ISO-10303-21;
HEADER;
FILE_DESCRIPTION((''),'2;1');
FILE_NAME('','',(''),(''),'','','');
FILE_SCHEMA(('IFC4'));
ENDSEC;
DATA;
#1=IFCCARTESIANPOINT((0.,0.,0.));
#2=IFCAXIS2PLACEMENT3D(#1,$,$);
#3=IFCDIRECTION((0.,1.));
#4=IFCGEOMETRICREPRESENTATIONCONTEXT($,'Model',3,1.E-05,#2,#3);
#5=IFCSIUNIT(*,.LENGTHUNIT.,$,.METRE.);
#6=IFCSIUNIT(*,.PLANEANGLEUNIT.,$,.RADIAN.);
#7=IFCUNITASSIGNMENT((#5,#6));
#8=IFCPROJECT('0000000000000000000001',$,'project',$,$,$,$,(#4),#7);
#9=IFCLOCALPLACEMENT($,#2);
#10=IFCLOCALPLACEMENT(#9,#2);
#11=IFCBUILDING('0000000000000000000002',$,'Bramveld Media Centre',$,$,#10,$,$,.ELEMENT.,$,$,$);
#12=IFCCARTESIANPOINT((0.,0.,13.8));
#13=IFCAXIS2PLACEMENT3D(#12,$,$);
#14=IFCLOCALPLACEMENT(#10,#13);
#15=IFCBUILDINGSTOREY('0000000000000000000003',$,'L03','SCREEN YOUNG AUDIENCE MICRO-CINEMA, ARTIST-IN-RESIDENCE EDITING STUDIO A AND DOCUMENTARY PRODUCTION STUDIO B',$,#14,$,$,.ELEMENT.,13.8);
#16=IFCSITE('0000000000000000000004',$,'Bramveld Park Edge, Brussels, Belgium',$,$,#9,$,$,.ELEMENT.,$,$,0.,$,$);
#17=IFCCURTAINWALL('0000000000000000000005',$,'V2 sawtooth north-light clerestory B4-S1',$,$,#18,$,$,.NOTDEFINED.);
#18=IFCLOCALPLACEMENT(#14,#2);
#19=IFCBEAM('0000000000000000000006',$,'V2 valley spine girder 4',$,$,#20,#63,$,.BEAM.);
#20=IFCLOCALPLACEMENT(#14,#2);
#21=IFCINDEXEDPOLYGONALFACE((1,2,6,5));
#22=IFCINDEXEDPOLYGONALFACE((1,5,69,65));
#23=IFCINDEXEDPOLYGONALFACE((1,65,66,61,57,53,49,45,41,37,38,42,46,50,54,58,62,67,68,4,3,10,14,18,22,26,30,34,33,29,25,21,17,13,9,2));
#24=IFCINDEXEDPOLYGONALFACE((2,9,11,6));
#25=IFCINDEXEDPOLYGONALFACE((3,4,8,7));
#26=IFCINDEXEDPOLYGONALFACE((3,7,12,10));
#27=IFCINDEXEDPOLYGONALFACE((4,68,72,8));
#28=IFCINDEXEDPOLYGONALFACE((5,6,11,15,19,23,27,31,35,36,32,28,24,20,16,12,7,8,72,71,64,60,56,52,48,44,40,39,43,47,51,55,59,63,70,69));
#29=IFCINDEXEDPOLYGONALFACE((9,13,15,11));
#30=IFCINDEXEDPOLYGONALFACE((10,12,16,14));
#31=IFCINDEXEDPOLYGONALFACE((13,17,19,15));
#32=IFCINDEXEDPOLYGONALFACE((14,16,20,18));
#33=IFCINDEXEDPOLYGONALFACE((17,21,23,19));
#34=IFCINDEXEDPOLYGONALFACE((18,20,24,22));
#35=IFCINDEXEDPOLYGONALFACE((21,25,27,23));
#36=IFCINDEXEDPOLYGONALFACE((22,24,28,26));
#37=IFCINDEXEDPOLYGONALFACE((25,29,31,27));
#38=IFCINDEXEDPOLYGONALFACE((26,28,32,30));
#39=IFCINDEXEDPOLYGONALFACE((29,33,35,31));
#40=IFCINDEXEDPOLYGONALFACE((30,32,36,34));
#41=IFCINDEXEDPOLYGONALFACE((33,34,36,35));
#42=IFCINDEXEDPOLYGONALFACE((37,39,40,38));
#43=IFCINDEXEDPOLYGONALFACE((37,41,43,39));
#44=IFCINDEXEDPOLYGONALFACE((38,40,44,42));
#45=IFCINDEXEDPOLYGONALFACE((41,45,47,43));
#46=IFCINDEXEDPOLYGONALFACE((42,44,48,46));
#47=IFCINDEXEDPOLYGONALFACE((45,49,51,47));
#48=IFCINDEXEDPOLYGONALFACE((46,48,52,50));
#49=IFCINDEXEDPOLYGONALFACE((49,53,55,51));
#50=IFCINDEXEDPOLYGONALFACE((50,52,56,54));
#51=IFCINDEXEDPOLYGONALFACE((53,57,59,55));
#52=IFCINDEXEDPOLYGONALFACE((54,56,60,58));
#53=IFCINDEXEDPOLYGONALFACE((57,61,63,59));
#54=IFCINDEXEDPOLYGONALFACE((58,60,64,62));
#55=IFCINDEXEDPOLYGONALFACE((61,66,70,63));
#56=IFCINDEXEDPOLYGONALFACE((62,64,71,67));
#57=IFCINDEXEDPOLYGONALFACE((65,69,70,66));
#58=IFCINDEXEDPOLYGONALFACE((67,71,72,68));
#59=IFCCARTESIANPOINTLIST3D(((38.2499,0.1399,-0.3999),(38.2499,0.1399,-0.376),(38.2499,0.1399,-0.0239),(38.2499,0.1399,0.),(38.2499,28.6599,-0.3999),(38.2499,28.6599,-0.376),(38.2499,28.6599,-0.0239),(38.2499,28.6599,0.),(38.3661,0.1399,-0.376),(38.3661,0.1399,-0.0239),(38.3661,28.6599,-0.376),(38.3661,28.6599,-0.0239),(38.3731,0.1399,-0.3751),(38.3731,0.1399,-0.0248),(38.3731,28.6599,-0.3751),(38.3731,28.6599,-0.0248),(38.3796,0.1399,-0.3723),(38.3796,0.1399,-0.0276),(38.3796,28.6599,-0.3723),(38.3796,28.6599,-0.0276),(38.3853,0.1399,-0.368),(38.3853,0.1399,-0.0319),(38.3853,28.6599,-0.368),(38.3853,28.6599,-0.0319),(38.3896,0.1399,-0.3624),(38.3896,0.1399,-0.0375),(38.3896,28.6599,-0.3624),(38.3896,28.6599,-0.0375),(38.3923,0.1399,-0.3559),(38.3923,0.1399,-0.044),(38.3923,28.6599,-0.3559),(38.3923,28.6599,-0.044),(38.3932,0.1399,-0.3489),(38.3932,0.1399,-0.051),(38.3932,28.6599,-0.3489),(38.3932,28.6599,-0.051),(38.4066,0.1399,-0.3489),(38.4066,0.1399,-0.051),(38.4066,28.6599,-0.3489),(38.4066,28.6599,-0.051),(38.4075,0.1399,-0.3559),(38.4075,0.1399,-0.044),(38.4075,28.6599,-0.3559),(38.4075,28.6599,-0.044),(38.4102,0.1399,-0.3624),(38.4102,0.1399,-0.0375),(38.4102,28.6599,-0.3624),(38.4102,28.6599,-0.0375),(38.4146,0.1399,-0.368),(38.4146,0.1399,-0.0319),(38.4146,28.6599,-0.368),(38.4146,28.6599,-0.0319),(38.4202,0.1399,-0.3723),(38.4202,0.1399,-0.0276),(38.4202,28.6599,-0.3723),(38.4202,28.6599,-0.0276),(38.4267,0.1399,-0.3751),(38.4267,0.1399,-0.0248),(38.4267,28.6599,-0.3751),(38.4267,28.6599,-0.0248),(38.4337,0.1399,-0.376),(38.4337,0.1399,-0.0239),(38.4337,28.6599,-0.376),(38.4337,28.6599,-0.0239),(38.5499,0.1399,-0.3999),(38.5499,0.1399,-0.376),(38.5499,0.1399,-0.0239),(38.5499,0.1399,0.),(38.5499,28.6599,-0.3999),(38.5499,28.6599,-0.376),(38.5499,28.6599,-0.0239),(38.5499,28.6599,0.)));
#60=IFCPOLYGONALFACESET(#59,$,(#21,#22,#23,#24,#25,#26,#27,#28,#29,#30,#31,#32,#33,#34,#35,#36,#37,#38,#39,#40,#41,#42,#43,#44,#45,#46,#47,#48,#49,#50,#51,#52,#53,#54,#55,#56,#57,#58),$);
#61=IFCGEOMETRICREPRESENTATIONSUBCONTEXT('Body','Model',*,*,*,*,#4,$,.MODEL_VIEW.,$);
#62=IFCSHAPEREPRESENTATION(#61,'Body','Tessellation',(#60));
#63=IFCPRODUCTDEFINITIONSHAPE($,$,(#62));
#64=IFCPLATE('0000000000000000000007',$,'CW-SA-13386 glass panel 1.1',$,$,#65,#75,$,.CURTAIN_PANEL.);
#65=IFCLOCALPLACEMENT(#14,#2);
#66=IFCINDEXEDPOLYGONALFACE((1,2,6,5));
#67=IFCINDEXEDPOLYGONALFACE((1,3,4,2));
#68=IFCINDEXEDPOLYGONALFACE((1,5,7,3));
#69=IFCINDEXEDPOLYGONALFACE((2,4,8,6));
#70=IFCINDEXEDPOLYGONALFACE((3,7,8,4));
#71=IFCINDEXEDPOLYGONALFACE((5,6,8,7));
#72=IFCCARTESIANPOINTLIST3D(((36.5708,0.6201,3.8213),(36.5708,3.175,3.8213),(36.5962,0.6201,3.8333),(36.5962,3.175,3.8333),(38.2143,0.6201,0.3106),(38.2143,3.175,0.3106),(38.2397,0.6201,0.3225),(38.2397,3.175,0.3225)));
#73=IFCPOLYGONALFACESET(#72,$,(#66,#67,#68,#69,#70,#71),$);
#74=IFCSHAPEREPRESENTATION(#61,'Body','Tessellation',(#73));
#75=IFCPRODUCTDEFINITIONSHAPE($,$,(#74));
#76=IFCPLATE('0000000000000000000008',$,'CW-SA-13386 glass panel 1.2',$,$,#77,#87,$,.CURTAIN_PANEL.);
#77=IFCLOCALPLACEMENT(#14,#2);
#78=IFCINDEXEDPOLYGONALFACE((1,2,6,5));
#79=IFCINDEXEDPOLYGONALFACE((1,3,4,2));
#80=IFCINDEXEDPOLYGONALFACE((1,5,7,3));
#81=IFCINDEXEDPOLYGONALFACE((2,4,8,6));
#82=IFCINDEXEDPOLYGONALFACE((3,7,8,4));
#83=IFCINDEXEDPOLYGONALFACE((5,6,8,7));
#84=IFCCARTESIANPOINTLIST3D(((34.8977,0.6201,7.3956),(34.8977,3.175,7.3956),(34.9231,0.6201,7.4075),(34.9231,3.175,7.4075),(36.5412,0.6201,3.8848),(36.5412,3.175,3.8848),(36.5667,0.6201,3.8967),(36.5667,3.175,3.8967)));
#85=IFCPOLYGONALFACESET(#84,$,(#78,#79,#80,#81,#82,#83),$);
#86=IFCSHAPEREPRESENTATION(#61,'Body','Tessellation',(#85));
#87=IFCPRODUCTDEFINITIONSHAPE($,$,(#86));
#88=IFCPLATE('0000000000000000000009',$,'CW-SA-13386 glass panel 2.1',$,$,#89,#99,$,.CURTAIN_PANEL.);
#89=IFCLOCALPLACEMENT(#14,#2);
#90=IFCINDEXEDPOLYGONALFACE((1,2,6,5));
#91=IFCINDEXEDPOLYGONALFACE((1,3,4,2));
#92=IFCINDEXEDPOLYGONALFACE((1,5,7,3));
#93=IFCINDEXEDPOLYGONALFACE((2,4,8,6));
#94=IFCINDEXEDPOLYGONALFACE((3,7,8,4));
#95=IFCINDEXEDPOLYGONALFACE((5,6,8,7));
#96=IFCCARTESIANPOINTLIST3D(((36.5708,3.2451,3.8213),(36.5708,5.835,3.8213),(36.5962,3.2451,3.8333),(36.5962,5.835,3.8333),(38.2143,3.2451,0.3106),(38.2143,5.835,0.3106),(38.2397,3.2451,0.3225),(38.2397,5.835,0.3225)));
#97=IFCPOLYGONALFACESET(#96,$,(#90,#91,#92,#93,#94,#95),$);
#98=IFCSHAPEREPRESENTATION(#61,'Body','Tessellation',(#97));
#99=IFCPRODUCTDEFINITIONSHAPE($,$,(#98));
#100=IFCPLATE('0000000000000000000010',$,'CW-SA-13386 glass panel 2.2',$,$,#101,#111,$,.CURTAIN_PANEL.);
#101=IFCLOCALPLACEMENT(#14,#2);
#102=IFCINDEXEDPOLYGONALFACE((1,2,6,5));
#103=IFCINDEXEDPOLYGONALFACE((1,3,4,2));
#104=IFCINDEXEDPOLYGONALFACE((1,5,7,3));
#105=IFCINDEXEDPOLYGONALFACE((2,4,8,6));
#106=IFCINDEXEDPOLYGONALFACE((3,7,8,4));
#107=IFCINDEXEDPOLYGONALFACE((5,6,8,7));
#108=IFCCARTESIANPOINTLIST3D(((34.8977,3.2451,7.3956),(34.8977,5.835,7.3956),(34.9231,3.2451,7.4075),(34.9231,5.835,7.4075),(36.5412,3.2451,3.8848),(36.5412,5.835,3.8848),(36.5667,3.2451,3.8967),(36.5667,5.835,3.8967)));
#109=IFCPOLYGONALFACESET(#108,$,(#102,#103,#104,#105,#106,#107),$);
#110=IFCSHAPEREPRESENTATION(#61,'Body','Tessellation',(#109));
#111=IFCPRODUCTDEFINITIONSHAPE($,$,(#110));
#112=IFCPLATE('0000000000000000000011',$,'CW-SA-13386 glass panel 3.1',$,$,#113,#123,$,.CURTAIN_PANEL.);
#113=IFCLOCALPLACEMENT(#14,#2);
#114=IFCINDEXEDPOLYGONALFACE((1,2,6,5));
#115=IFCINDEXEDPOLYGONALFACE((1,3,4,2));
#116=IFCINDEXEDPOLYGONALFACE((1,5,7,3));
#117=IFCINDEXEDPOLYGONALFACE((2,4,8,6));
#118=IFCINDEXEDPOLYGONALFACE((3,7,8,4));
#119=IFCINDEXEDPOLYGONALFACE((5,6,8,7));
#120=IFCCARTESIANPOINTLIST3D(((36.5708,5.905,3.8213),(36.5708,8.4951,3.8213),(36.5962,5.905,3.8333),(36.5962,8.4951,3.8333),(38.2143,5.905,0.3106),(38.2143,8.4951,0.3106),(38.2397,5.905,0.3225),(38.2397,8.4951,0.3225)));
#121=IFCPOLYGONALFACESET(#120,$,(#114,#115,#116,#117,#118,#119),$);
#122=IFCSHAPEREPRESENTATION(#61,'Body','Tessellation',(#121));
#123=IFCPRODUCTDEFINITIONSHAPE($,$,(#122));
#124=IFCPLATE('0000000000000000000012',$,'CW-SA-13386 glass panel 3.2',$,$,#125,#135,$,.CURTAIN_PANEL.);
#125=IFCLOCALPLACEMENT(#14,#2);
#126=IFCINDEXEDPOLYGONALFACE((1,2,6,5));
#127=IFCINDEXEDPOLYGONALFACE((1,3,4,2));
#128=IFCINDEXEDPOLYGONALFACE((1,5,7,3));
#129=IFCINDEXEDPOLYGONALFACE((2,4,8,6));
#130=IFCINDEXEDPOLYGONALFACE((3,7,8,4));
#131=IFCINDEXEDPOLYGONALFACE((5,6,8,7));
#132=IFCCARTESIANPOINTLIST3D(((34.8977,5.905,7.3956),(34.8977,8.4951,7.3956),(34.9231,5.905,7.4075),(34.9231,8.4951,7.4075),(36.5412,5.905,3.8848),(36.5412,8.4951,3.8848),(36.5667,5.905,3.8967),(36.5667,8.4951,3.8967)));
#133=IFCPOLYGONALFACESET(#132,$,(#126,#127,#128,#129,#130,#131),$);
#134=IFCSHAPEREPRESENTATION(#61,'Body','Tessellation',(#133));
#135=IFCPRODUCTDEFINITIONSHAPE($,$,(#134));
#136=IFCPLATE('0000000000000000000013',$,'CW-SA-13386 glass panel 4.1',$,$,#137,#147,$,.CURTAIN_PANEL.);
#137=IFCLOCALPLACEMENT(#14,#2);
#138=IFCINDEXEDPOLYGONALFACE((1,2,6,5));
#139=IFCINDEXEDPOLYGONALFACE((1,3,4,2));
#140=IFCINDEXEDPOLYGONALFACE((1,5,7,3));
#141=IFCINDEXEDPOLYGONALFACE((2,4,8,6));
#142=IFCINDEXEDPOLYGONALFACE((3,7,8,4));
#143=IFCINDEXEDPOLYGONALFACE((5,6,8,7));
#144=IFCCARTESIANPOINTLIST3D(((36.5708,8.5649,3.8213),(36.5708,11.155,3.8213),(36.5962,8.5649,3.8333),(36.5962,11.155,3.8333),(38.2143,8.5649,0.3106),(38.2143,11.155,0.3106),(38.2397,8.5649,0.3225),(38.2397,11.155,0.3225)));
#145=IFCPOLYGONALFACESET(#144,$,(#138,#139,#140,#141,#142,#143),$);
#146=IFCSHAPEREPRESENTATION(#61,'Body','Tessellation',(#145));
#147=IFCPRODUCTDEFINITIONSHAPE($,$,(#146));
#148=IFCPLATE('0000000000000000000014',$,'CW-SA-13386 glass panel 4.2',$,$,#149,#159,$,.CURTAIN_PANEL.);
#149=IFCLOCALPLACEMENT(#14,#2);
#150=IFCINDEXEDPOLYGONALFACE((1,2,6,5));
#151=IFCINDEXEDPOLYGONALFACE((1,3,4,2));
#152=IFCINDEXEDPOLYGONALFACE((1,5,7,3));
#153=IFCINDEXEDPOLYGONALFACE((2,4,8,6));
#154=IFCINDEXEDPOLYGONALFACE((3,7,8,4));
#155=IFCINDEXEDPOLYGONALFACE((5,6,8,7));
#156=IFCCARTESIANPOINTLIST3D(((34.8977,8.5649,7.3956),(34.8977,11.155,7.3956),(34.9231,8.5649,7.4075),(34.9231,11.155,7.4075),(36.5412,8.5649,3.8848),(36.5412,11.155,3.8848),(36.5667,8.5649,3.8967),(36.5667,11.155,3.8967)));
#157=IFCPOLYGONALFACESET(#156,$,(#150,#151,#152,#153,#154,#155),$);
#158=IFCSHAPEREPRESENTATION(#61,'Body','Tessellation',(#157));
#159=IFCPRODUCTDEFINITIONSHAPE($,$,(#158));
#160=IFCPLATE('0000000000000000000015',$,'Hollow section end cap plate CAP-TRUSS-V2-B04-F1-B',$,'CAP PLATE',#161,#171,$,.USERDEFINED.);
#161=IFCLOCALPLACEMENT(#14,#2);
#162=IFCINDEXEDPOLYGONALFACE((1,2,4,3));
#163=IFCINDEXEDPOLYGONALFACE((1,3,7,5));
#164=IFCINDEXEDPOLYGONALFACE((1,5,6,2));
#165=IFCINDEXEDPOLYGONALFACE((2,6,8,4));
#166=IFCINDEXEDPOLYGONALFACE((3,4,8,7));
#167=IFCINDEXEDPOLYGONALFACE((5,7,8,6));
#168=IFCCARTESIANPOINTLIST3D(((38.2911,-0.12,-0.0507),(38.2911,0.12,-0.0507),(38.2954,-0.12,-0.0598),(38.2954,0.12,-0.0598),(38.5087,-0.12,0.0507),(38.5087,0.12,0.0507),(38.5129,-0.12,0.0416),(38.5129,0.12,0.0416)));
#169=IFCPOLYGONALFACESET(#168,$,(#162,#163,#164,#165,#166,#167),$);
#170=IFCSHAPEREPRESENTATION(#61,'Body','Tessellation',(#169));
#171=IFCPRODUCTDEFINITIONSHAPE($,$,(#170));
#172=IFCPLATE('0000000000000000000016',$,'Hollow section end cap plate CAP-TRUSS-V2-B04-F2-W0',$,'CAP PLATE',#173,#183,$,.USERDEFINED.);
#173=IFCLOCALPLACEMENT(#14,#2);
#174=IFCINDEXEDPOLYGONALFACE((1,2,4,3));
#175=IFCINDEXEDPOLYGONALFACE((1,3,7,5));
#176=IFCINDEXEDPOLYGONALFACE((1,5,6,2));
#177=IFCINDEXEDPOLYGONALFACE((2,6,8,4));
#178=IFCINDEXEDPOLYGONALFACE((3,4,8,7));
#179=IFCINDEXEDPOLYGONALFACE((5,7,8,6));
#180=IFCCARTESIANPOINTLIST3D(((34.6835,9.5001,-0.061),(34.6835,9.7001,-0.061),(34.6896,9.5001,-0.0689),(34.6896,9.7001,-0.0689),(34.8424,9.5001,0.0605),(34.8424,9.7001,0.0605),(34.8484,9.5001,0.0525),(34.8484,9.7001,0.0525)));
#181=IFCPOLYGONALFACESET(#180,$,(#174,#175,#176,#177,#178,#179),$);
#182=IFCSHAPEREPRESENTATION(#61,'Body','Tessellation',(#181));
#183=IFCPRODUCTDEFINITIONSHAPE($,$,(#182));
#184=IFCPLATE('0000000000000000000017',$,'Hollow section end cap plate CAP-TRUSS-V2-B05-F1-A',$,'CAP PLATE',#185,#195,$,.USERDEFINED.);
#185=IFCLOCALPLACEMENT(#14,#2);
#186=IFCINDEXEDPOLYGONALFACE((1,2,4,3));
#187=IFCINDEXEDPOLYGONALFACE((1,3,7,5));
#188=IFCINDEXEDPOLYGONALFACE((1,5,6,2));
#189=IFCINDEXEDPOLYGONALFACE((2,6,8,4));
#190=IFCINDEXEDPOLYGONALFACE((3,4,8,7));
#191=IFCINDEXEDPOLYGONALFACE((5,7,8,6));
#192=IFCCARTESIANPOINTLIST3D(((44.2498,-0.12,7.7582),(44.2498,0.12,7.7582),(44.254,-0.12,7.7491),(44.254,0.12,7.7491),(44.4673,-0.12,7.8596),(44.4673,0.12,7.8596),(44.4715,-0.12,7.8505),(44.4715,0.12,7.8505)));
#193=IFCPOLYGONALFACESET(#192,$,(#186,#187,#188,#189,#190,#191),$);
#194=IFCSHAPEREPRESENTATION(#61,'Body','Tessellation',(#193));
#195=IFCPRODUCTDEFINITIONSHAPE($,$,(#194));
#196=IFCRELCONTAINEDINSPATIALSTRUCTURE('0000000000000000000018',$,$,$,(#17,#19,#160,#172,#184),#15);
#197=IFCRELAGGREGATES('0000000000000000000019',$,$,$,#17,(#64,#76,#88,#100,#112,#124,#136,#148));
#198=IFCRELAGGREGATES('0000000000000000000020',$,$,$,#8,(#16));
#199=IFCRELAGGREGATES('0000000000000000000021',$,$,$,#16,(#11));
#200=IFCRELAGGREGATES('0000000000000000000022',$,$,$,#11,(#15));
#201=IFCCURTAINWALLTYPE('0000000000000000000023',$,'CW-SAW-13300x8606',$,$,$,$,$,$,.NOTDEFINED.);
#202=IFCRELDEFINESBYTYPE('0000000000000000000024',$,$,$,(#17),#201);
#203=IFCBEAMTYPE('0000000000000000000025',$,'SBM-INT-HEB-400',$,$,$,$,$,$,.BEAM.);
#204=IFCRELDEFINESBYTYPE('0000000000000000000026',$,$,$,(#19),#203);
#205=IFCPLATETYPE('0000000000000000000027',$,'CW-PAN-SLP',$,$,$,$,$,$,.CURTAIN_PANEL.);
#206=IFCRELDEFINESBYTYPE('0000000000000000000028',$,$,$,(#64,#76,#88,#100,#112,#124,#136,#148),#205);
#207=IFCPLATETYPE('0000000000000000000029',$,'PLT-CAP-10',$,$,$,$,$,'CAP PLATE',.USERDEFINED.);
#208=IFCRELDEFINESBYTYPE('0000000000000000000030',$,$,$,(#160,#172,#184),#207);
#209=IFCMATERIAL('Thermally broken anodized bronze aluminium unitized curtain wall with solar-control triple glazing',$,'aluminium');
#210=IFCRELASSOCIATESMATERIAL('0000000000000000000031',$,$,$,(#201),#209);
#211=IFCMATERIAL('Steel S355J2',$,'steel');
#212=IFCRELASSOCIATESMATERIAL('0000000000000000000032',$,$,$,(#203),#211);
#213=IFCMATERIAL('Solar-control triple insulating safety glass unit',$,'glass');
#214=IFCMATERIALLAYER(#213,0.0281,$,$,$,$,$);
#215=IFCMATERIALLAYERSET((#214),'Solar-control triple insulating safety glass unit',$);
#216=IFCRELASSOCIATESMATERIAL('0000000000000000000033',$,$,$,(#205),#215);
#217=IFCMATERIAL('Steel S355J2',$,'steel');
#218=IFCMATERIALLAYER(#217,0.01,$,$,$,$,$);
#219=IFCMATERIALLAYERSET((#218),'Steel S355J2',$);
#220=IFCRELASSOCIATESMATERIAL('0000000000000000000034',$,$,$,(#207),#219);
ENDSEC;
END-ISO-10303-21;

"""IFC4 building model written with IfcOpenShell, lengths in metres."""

from ifc_helpers import new_model, si_unit, direction, frame, origin, origin_2d, place, context, subcontext, project, spatial, polyline, rectangle, i_section, outline, extrude, material, layer, layer_set, material_profile, profile_set, type_object, element, aggregate, save


model = new_model("IFC4")

# Units and contexts
model_context = context("Model", 3, precision=1e-05, world=origin(), true_north=direction((0.0, 1.0)))
body_context = subcontext(model_context, "Body", "Model", "MODEL_VIEW")
ifc_project = project(units=[si_unit("LENGTHUNIT", "METRE"), si_unit("PLANEANGLEUNIT", "RADIAN")], contexts=[model_context])

# Site, building, storey
site_placement = place(None, origin())
site = spatial("IfcSite", under=ifc_project, at=site_placement, Name="Bramveld Park Edge, Brussels, Belgium", CompositionType="ELEMENT", RefElevation=0.0)
building_placement = place(site_placement, origin())
building = spatial("IfcBuilding", under=site, at=building_placement, Name="Bramveld Media Centre", CompositionType="ELEMENT")
storey_placement = place(building_placement, frame((0.0, 0.0, 13.8)))
storey = spatial("IfcBuildingStorey", under=building, at=storey_placement, Name="L03", Description="SCREEN YOUNG AUDIENCE MICRO-CINEMA, ARTIST-IN-RESIDENCE EDITING STUDIO A AND DOCUMENTARY PRODUCTION STUDIO B", CompositionType="ELEMENT", Elevation=13.8)

# Curtain wall
ifc_material_1 = material(Name="Thermally broken anodized bronze aluminium unitized curtain wall with solar-control triple glazing", Category="aluminium")
curtain_wall_type = type_object("IfcCurtainWallType", Name="CW-SAW-13300x8606", PredefinedType="NOTDEFINED", material=ifc_material_1)
curtain_wall_placement = place(storey_placement, origin())
curtain_wall = element("IfcCurtainWall", 1, at=curtain_wall_placement, inside=storey, type_object=curtain_wall_type, Name="V2 sawtooth north-light clerestory B4-S1", PredefinedType="NOTDEFINED")

# Beam
ifc_material_2 = material(Name="Steel S355J2", Category="steel")
ifc_material_profile_1 = material_profile(ifc_material_2, i_section(OverallWidth=0.3, OverallDepth=0.3999, WebThickness=0.0134, FlangeThickness=0.0239, FilletRadius=0.0271, at=origin_2d()), Name="HEB 400")
ifc_profile_set_1 = profile_set([ifc_material_profile_1], Name="Steel S355J2")
beam_type_1 = type_object("IfcBeamType", Name="SBM-INT-HEB-400", PredefinedType="BEAM", material=ifc_profile_set_1)
beam_placement = place(storey_placement, frame((38.3999, 0.1399, -0.2), z_axis=(0.0, 1.0, 0.0), x_axis=(-1.0, 0.0, 0.0)))
element("IfcBeam", 2, at=beam_placement, inside=storey, type_object=beam_type_1, Name="V2 valley spine girder 4", PredefinedType="BEAM", context=body_context, shape_type="SweptSolid", body=[
    extrude(i_section(OverallWidth=0.3, OverallDepth=0.3999, WebThickness=0.0134, FlangeThickness=0.0239, FilletRadius=0.0271, at=origin_2d()), origin(), (0.0, 0.0, 1.0), 28.52),
])

# Plates
ifc_material_3 = material(Name="Solar-control triple insulating safety glass unit", Category="glass")
ifc_layer_1 = layer(ifc_material_3, 0.0281)
ifc_layer_set_1 = layer_set([ifc_layer_1], Name="Solar-control triple insulating safety glass unit")
plate_type_1 = type_object("IfcPlateType", Name="CW-PAN-SLP", PredefinedType="CURTAIN_PANEL", material=ifc_layer_set_1)
plate_1_placement = place(storey_placement, frame((38.2397, 0.6201, 0.3225), z_axis=(0.905668, 0.0, 0.423988), x_axis=(0.0, 1.0, 0.0)))
plate_1 = element("IfcPlate", 3, at=plate_1_placement, type_object=plate_type_1, Name="CW-SA-13386 glass panel 1.1", PredefinedType="CURTAIN_PANEL", context=body_context, shape_type="SweptSolid", body=[
    extrude(outline(polyline([(0.0, 0.0), (2.5549, 0.0), (2.5549, 3.8764), (0.0, 3.8764), (0.0, 0.0)])), origin(), (0.0, 0.0, -1.0), 0.0281),
])
plate_2_placement = place(storey_placement, frame((36.5667, 0.6201, 3.8967), z_axis=(0.905668, 0.0, 0.423988), x_axis=(0.0, 1.0, 0.0)))
plate_2 = element("IfcPlate", 4, at=plate_2_placement, type_object=plate_type_1, Name="CW-SA-13386 glass panel 1.2", PredefinedType="CURTAIN_PANEL", context=body_context, shape_type="SweptSolid", body=[
    extrude(outline(polyline([(0.0, 0.0), (2.5549, 0.0), (2.5549, 3.8764), (0.0, 3.8764), (0.0, 0.0)])), origin(), (0.0, 0.0, -1.0), 0.0281),
])
plate_3_placement = place(storey_placement, frame((38.2397, 3.2451, 0.3225), z_axis=(0.905668, 0.0, 0.423988), x_axis=(0.0, 1.0, 0.0)))
plate_3 = element("IfcPlate", 5, at=plate_3_placement, type_object=plate_type_1, Name="CW-SA-13386 glass panel 2.1", PredefinedType="CURTAIN_PANEL", context=body_context, shape_type="SweptSolid", body=[
    extrude(outline(polyline([(0.0, 0.0), (2.5898, 0.0), (2.5898, 3.8764), (0.0, 3.8764), (0.0, 0.0)])), origin(), (0.0, 0.0, -1.0), 0.0281),
])
plate_4_placement = place(storey_placement, frame((36.5667, 3.2451, 3.8967), z_axis=(0.905668, 0.0, 0.423988), x_axis=(0.0, 1.0, 0.0)))
plate_4 = element("IfcPlate", 6, at=plate_4_placement, type_object=plate_type_1, Name="CW-SA-13386 glass panel 2.2", PredefinedType="CURTAIN_PANEL", context=body_context, shape_type="SweptSolid", body=[
    extrude(outline(polyline([(0.0, 0.0), (2.5898, 0.0), (2.5898, 3.8764), (0.0, 3.8764), (0.0, 0.0)])), origin(), (0.0, 0.0, -1.0), 0.0281),
])
plate_5_placement = place(storey_placement, frame((38.2397, 5.905, 0.3225), z_axis=(0.905668, 0.0, 0.423988), x_axis=(0.0, 1.0, 0.0)))
plate_5 = element("IfcPlate", 7, at=plate_5_placement, type_object=plate_type_1, Name="CW-SA-13386 glass panel 3.1", PredefinedType="CURTAIN_PANEL", context=body_context, shape_type="SweptSolid", body=[
    extrude(outline(polyline([(0.0, 0.0), (2.5901, 0.0), (2.5901, 3.8764), (0.0, 3.8764), (0.0, 0.0)])), origin(), (0.0, 0.0, -1.0), 0.0281),
])
plate_6_placement = place(storey_placement, frame((36.5667, 5.905, 3.8967), z_axis=(0.905668, 0.0, 0.423988), x_axis=(0.0, 1.0, 0.0)))
plate_6 = element("IfcPlate", 8, at=plate_6_placement, type_object=plate_type_1, Name="CW-SA-13386 glass panel 3.2", PredefinedType="CURTAIN_PANEL", context=body_context, shape_type="SweptSolid", body=[
    extrude(outline(polyline([(0.0, 0.0), (2.5901, 0.0), (2.5901, 3.8764), (0.0, 3.8764), (0.0, 0.0)])), origin(), (0.0, 0.0, -1.0), 0.0281),
])
plate_7_placement = place(storey_placement, frame((38.2397, 8.5649, 0.3225), z_axis=(0.905668, 0.0, 0.423988), x_axis=(0.0, 1.0, 0.0)))
plate_7 = element("IfcPlate", 9, at=plate_7_placement, type_object=plate_type_1, Name="CW-SA-13386 glass panel 4.1", PredefinedType="CURTAIN_PANEL", context=body_context, shape_type="SweptSolid", body=[
    extrude(outline(polyline([(0.0, 0.0), (2.5901, 0.0), (2.5901, 3.8764), (0.0, 3.8764), (0.0, 0.0)])), origin(), (0.0, 0.0, -1.0), 0.0281),
])
plate_8_placement = place(storey_placement, frame((36.5667, 8.5649, 3.8967), z_axis=(0.905668, 0.0, 0.423988), x_axis=(0.0, 1.0, 0.0)))
plate_8 = element("IfcPlate", 10, at=plate_8_placement, type_object=plate_type_1, Name="CW-SA-13386 glass panel 4.2", PredefinedType="CURTAIN_PANEL", context=body_context, shape_type="SweptSolid", body=[
    extrude(outline(polyline([(0.0, 0.0), (2.5901, 0.0), (2.5901, 3.8764), (0.0, 3.8764), (0.0, 0.0)])), origin(), (0.0, 0.0, -1.0), 0.0281),
])
aggregate(curtain_wall, [plate_1, plate_2, plate_3, plate_4, plate_5, plate_6, plate_7, plate_8])

# Plates
ifc_material_4 = material(Name="Steel S355J2", Category="steel")
ifc_layer_2 = layer(ifc_material_4, 0.01)
ifc_layer_set_2 = layer_set([ifc_layer_2], Name="Steel S355J2")
plate_type_2 = type_object("IfcPlateType", Name="PLT-CAP-10", ElementType="CAP PLATE", PredefinedType="USERDEFINED", material=ifc_layer_set_2)
plate_9_placement = place(storey_placement, frame((38.3999, 0.0, 0.0), z_axis=(0.422618, 0.0, -0.906308), x_axis=(0.0, 1.0, 0.0)))
element("IfcPlate", 11, at=plate_9_placement, inside=storey, type_object=plate_type_2, Name="Hollow section end cap plate CAP-TRUSS-V2-B04-F1-B", ObjectType="CAP PLATE", PredefinedType="USERDEFINED", context=body_context, shape_type="SweptSolid", body=[
    extrude(rectangle(XDim=0.24, YDim=0.24, at=origin_2d()), origin(), (0.0, 0.0, 1.0), 0.01),
])
plate_10_placement = place(storey_placement, frame((34.7629, 9.6001, -0.0002), z_axis=(0.607328, 0.0, -0.794451), x_axis=(0.0, 1.0, 0.0)))
element("IfcPlate", 12, at=plate_10_placement, inside=storey, type_object=plate_type_2, Name="Hollow section end cap plate CAP-TRUSS-V2-B04-F2-W0", ObjectType="CAP PLATE", PredefinedType="USERDEFINED", context=body_context, shape_type="SweptSolid", body=[
    extrude(rectangle(XDim=0.2, YDim=0.2, at=origin_2d()), origin(), (0.0, 0.0, 1.0), 0.01),
])
plate_11_placement = place(storey_placement, frame((44.3628, 0.0, 7.7998), z_axis=(-0.422618, 0.0, 0.906308), x_axis=(0.0, -1.0, 0.0)))
element("IfcPlate", 13, at=plate_11_placement, inside=storey, type_object=plate_type_2, Name="Hollow section end cap plate CAP-TRUSS-V2-B05-F1-A", ObjectType="CAP PLATE", PredefinedType="USERDEFINED", context=body_context, shape_type="SweptSolid", body=[
    extrude(rectangle(XDim=0.24, YDim=0.24, at=origin_2d()), origin(), (0.0, 0.0, 1.0), 0.01),
])

save(model, "model.ifc")
